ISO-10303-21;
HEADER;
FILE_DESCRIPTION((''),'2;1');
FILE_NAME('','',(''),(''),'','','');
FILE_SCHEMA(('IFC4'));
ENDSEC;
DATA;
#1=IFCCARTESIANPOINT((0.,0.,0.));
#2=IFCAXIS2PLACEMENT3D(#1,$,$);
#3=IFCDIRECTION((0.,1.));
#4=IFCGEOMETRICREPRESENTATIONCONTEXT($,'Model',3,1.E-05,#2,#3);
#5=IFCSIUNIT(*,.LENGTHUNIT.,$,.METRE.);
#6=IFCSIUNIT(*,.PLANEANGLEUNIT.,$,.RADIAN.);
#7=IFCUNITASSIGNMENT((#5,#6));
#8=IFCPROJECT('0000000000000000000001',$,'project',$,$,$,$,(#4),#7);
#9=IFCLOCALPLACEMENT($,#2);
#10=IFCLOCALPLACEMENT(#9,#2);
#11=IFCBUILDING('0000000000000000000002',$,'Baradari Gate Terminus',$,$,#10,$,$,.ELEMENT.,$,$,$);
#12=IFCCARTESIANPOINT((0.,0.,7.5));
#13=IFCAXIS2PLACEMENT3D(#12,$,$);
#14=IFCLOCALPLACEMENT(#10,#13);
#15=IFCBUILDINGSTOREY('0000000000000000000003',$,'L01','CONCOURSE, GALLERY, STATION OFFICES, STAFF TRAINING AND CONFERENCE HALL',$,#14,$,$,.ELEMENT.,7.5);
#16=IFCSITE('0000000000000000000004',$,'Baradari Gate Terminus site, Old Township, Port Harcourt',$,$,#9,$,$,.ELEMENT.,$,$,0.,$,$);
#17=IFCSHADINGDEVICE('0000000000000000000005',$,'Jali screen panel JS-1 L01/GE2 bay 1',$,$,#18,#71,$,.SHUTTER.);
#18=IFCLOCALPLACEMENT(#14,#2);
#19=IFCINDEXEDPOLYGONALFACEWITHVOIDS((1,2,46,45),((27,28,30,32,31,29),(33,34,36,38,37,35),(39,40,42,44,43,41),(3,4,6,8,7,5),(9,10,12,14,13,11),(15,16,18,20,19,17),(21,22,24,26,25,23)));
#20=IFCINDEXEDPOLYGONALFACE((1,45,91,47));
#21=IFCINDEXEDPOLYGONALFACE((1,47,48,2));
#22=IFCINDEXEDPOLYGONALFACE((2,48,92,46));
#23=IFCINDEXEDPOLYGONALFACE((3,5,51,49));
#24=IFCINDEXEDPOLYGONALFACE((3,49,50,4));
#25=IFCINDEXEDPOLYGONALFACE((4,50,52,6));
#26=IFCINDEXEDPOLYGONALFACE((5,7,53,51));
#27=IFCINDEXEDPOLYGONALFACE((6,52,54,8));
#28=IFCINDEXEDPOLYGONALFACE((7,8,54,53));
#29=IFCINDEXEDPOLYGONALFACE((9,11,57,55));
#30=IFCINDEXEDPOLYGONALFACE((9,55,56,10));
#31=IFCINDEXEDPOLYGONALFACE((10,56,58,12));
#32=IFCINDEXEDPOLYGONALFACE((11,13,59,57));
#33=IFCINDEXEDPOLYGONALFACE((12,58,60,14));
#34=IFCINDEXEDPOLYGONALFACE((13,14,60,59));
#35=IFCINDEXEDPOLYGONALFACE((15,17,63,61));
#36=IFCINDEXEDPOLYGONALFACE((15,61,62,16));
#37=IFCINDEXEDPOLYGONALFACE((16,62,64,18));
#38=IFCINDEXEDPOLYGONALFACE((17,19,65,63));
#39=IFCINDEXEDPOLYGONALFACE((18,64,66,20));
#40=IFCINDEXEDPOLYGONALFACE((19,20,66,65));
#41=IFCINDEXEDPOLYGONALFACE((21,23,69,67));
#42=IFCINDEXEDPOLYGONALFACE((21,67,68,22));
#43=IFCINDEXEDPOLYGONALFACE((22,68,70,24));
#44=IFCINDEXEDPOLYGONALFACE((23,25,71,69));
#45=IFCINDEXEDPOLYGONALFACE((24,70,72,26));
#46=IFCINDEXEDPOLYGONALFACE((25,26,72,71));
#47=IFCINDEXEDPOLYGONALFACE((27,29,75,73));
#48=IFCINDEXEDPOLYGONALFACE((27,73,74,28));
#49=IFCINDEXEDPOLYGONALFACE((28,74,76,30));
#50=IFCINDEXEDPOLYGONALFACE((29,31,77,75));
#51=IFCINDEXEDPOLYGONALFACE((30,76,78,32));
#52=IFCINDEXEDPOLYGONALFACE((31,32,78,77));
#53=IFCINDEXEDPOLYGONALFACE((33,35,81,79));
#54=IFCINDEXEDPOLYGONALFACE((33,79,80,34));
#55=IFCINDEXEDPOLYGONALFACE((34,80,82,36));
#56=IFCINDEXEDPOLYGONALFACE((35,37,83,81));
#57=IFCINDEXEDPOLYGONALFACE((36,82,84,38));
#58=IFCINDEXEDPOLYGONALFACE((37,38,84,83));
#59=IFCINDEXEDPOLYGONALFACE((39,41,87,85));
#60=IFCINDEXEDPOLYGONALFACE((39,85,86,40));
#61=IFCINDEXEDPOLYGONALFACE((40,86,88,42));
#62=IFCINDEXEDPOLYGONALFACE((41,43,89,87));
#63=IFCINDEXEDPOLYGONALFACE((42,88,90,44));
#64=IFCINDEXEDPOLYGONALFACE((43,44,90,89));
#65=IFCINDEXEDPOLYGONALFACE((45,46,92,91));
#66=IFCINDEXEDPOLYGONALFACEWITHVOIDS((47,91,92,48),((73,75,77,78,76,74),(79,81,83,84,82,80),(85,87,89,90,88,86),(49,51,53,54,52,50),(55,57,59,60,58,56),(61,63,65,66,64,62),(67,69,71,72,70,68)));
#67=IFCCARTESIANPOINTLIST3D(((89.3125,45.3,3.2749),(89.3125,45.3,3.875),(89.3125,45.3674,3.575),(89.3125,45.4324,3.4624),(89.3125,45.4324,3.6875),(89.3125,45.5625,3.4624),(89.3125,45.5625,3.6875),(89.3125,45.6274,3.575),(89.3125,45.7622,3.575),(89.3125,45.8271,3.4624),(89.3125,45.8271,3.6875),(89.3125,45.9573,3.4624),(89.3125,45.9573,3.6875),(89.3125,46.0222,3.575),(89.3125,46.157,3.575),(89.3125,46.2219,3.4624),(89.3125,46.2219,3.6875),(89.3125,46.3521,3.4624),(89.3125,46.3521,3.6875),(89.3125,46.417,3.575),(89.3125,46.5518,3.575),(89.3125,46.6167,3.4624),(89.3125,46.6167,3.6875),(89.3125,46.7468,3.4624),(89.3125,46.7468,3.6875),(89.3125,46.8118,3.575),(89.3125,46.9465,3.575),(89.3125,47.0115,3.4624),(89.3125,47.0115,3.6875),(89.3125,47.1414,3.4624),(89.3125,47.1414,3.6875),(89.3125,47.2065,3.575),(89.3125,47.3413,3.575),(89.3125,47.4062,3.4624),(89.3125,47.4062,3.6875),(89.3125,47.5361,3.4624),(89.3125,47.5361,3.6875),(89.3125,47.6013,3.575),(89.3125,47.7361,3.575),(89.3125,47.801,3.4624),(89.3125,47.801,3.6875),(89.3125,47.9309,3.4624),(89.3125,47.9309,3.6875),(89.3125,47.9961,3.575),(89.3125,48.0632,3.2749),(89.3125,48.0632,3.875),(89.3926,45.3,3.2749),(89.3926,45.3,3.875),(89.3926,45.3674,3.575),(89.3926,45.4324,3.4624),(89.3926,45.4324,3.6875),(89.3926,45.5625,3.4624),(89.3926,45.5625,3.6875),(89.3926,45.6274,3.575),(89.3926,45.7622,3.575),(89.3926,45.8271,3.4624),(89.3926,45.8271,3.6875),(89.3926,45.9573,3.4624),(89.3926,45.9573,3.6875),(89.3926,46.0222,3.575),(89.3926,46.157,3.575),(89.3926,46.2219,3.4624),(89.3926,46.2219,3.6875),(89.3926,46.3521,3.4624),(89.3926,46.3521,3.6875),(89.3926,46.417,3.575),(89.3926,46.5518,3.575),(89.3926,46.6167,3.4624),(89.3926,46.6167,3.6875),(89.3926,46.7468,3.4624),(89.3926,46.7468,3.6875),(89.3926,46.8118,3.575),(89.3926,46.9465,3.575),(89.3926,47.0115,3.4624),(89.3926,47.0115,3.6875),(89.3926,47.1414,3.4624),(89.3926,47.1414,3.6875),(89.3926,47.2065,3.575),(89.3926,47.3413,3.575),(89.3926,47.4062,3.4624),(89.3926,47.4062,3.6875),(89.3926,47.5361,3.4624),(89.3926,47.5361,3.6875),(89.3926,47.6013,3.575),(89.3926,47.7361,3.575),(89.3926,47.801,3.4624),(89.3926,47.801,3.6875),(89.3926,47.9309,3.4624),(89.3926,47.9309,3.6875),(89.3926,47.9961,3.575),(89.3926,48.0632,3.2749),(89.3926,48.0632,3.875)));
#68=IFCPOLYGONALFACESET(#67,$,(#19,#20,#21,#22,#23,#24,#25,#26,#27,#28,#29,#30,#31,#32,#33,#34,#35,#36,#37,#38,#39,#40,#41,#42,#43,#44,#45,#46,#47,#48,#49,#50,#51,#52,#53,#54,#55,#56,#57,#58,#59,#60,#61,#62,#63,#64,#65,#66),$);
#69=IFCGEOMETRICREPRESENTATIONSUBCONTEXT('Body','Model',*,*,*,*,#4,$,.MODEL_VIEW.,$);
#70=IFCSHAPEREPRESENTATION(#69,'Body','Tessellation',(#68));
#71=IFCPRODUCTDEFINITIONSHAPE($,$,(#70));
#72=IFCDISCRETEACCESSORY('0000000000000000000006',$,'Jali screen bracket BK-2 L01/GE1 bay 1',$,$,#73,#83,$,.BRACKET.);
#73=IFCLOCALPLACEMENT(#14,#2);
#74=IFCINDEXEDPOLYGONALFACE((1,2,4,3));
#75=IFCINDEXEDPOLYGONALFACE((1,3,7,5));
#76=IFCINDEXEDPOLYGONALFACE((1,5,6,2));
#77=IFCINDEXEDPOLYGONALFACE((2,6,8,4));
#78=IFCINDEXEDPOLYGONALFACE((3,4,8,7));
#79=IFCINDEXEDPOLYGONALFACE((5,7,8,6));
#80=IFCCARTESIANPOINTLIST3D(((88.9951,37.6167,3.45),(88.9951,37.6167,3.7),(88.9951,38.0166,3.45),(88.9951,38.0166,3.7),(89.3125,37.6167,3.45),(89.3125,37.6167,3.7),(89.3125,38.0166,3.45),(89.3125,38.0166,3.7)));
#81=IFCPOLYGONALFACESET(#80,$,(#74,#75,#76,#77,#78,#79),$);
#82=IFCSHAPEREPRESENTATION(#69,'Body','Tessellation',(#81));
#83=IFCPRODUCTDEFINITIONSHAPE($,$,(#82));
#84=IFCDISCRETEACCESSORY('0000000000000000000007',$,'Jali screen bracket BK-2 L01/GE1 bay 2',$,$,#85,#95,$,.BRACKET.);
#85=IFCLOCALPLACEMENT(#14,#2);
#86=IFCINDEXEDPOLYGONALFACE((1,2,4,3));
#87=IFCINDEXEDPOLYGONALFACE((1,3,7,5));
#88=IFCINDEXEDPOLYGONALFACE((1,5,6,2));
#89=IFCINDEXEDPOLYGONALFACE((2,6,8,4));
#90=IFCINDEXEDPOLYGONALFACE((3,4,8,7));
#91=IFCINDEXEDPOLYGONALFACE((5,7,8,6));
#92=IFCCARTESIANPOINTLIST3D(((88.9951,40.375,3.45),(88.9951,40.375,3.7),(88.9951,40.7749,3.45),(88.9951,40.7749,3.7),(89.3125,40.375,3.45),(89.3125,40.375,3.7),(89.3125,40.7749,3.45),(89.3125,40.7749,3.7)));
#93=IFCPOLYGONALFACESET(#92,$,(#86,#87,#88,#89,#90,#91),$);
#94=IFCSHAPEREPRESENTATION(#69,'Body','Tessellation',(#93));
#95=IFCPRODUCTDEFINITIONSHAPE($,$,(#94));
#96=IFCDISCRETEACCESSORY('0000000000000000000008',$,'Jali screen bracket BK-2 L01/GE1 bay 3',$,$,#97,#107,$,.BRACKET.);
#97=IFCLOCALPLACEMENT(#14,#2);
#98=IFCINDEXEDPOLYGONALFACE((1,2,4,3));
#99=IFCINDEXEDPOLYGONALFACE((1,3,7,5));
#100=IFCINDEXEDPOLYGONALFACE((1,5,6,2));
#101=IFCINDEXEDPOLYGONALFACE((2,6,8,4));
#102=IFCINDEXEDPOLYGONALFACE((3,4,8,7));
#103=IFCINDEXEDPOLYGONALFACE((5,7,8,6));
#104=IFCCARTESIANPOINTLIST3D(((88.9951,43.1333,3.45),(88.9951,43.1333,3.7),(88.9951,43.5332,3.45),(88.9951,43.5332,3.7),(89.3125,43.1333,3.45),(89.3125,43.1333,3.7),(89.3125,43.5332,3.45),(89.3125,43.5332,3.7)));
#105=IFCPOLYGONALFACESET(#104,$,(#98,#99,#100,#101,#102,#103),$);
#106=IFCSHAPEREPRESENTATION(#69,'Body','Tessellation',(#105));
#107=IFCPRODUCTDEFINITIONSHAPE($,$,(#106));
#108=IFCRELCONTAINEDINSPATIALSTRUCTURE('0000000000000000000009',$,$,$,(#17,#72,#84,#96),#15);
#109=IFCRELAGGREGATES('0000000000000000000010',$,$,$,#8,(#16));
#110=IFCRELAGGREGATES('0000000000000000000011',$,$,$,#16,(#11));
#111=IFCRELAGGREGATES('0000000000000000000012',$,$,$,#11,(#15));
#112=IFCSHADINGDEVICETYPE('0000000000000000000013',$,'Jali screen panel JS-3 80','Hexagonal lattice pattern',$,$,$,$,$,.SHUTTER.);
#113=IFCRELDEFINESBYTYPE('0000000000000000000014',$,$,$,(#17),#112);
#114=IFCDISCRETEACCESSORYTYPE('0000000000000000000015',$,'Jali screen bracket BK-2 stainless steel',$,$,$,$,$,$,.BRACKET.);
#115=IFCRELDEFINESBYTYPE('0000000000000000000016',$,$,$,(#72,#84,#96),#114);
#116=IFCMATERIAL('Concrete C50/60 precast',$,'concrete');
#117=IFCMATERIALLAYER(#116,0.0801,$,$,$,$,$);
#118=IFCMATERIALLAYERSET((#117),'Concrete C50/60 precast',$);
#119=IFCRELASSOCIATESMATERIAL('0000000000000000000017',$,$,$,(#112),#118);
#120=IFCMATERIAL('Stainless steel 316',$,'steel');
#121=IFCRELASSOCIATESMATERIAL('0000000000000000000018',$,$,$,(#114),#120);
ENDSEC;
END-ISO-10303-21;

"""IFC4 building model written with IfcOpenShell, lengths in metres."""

from ifc_helpers import new_model, si_unit, direction, frame, origin, origin_2d, place, context, subcontext, project, spatial, polyline, rectangle, outline, extrude, material, layer, layer_set, type_object, element, save


model = new_model("IFC4")

# Units and contexts
model_context = context("Model", 3, precision=1e-05, world=origin(), true_north=direction((0.0, 1.0)))
body_context = subcontext(model_context, "Body", "Model", "MODEL_VIEW")
ifc_project = project(units=[si_unit("LENGTHUNIT", "METRE"), si_unit("PLANEANGLEUNIT", "RADIAN")], contexts=[model_context])

# Site, building, storey
site_placement = place(None, origin())
site = spatial("IfcSite", under=ifc_project, at=site_placement, Name="Baradari Gate Terminus site, Old Township, Port Harcourt", CompositionType="ELEMENT", RefElevation=0.0)
building_placement = place(site_placement, origin())
building = spatial("IfcBuilding", under=site, at=building_placement, Name="Baradari Gate Terminus", CompositionType="ELEMENT")
storey_placement = place(building_placement, frame((0.0, 0.0, 7.5)))
storey = spatial("IfcBuildingStorey", under=building, at=storey_placement, Name="L01", Description="CONCOURSE, GALLERY, STATION OFFICES, STAFF TRAINING AND CONFERENCE HALL", CompositionType="ELEMENT", Elevation=7.5)

# Shading device
ifc_material_1 = material(Name="Concrete C50/60 precast", Category="concrete")
ifc_layer_1 = layer(ifc_material_1, 0.0801)
ifc_layer_set_1 = layer_set([ifc_layer_1], Name="Concrete C50/60 precast")
shading_device_type = type_object("IfcShadingDeviceType", Name="Jali screen panel JS-3 80", Description="Hexagonal lattice pattern", PredefinedType="SHUTTER", material=ifc_layer_set_1)
shading_device_1_placement = place(storey_placement, frame((89.3525, 45.3, 3.2749), z_axis=(0.0, 0.0, 1.0), x_axis=(0.0, 1.0, 0.0)))
element("IfcShadingDevice", 1, at=shading_device_1_placement, inside=storey, type_object=shading_device_type, Name="Jali screen panel JS-1 L01/GE2 bay 1", PredefinedType="SHUTTER", context=body_context, shape_type="SweptSolid", body=[
    extrude(outline(polyline([(0.0, 0.0), (2.7632, 0.0), (2.7632, 0.6001), (0.0, 0.6001), (0.0, 0.0)]), holes=[polyline([(0.3274, 0.3), (0.2625, 0.1875), (0.1323, 0.1875), (0.0674, 0.3), (0.1323, 0.4126), (0.2625, 0.4126), (0.3274, 0.3)]), polyline([(0.7222, 0.3), (0.6572, 0.1875), (0.5271, 0.1875), (0.4622, 0.3), (0.5271, 0.4126), (0.6572, 0.4126), (0.7222, 0.3)]), polyline([(1.1169, 0.3), (1.052, 0.1875), (0.9219, 0.1875), (0.8569, 0.3), (0.9219, 0.4126), (1.052, 0.4126), (1.1169, 0.3)]), polyline([(1.5117, 0.3), (1.4468, 0.1875), (1.3167, 0.1875), (1.2517, 0.3), (1.3167, 0.4126), (1.4468, 0.4126), (1.5117, 0.3)]), polyline([(1.9065, 0.3), (1.8413, 0.1875), (1.7114, 0.1875), (1.6465, 0.3), (1.7114, 0.4126), (1.8413, 0.4126), (1.9065, 0.3)]), polyline([(2.3013, 0.3), (2.2361, 0.1875), (2.1062, 0.1875), (2.0413, 0.3), (2.1062, 0.4126), (2.2361, 0.4126), (2.3013, 0.3)]), polyline([(2.696, 0.3), (2.6309, 0.1875), (2.501, 0.1875), (2.436, 0.3), (2.501, 0.4126), (2.6309, 0.4126), (2.696, 0.3)])]), frame((0.0, 0.04, 0.0), z_axis=(0.0, -1.0, 0.0), x_axis=(1.0, 0.0, 0.0)), (0.0, 0.0, 1.0), 0.0801),
])

# Discrete accessories
ifc_material_2 = material(Name="Stainless steel 316", Category="steel")
discrete_accessory_type = type_object("IfcDiscreteAccessoryType", Name="Jali screen bracket BK-2 stainless steel", PredefinedType="BRACKET", material=ifc_material_2)
for number, where, z_axis, x_axis, name in (
    (2, (89.1538, 37.8167, 3.45), (0.0, 0.0, 1.0), (1.0, 0.0, 0.0), "Jali screen bracket BK-2 L01/GE1 bay 1"),
    (3, (89.1538, 40.575, 3.45), (0.0, 0.0, 1.0), (1.0, 0.0, 0.0), "Jali screen bracket BK-2 L01/GE1 bay 2"),
    (4, (89.1538, 43.3333, 3.45), (0.0, 0.0, 1.0), (1.0, 0.0, 0.0), "Jali screen bracket BK-2 L01/GE1 bay 3"),
):
    element("IfcDiscreteAccessory", number, at=place(storey_placement, frame(where, z_axis=z_axis, x_axis=x_axis)), inside=storey, type_object=discrete_accessory_type, Name=name, PredefinedType="BRACKET", context=body_context, shape_type="SweptSolid", body=[
        extrude(rectangle(XDim=0.3174, YDim=0.3999, at=origin_2d()), origin(), (0.0, 0.0, 1.0), 0.25),
    ])

save(model, "model.ifc")
